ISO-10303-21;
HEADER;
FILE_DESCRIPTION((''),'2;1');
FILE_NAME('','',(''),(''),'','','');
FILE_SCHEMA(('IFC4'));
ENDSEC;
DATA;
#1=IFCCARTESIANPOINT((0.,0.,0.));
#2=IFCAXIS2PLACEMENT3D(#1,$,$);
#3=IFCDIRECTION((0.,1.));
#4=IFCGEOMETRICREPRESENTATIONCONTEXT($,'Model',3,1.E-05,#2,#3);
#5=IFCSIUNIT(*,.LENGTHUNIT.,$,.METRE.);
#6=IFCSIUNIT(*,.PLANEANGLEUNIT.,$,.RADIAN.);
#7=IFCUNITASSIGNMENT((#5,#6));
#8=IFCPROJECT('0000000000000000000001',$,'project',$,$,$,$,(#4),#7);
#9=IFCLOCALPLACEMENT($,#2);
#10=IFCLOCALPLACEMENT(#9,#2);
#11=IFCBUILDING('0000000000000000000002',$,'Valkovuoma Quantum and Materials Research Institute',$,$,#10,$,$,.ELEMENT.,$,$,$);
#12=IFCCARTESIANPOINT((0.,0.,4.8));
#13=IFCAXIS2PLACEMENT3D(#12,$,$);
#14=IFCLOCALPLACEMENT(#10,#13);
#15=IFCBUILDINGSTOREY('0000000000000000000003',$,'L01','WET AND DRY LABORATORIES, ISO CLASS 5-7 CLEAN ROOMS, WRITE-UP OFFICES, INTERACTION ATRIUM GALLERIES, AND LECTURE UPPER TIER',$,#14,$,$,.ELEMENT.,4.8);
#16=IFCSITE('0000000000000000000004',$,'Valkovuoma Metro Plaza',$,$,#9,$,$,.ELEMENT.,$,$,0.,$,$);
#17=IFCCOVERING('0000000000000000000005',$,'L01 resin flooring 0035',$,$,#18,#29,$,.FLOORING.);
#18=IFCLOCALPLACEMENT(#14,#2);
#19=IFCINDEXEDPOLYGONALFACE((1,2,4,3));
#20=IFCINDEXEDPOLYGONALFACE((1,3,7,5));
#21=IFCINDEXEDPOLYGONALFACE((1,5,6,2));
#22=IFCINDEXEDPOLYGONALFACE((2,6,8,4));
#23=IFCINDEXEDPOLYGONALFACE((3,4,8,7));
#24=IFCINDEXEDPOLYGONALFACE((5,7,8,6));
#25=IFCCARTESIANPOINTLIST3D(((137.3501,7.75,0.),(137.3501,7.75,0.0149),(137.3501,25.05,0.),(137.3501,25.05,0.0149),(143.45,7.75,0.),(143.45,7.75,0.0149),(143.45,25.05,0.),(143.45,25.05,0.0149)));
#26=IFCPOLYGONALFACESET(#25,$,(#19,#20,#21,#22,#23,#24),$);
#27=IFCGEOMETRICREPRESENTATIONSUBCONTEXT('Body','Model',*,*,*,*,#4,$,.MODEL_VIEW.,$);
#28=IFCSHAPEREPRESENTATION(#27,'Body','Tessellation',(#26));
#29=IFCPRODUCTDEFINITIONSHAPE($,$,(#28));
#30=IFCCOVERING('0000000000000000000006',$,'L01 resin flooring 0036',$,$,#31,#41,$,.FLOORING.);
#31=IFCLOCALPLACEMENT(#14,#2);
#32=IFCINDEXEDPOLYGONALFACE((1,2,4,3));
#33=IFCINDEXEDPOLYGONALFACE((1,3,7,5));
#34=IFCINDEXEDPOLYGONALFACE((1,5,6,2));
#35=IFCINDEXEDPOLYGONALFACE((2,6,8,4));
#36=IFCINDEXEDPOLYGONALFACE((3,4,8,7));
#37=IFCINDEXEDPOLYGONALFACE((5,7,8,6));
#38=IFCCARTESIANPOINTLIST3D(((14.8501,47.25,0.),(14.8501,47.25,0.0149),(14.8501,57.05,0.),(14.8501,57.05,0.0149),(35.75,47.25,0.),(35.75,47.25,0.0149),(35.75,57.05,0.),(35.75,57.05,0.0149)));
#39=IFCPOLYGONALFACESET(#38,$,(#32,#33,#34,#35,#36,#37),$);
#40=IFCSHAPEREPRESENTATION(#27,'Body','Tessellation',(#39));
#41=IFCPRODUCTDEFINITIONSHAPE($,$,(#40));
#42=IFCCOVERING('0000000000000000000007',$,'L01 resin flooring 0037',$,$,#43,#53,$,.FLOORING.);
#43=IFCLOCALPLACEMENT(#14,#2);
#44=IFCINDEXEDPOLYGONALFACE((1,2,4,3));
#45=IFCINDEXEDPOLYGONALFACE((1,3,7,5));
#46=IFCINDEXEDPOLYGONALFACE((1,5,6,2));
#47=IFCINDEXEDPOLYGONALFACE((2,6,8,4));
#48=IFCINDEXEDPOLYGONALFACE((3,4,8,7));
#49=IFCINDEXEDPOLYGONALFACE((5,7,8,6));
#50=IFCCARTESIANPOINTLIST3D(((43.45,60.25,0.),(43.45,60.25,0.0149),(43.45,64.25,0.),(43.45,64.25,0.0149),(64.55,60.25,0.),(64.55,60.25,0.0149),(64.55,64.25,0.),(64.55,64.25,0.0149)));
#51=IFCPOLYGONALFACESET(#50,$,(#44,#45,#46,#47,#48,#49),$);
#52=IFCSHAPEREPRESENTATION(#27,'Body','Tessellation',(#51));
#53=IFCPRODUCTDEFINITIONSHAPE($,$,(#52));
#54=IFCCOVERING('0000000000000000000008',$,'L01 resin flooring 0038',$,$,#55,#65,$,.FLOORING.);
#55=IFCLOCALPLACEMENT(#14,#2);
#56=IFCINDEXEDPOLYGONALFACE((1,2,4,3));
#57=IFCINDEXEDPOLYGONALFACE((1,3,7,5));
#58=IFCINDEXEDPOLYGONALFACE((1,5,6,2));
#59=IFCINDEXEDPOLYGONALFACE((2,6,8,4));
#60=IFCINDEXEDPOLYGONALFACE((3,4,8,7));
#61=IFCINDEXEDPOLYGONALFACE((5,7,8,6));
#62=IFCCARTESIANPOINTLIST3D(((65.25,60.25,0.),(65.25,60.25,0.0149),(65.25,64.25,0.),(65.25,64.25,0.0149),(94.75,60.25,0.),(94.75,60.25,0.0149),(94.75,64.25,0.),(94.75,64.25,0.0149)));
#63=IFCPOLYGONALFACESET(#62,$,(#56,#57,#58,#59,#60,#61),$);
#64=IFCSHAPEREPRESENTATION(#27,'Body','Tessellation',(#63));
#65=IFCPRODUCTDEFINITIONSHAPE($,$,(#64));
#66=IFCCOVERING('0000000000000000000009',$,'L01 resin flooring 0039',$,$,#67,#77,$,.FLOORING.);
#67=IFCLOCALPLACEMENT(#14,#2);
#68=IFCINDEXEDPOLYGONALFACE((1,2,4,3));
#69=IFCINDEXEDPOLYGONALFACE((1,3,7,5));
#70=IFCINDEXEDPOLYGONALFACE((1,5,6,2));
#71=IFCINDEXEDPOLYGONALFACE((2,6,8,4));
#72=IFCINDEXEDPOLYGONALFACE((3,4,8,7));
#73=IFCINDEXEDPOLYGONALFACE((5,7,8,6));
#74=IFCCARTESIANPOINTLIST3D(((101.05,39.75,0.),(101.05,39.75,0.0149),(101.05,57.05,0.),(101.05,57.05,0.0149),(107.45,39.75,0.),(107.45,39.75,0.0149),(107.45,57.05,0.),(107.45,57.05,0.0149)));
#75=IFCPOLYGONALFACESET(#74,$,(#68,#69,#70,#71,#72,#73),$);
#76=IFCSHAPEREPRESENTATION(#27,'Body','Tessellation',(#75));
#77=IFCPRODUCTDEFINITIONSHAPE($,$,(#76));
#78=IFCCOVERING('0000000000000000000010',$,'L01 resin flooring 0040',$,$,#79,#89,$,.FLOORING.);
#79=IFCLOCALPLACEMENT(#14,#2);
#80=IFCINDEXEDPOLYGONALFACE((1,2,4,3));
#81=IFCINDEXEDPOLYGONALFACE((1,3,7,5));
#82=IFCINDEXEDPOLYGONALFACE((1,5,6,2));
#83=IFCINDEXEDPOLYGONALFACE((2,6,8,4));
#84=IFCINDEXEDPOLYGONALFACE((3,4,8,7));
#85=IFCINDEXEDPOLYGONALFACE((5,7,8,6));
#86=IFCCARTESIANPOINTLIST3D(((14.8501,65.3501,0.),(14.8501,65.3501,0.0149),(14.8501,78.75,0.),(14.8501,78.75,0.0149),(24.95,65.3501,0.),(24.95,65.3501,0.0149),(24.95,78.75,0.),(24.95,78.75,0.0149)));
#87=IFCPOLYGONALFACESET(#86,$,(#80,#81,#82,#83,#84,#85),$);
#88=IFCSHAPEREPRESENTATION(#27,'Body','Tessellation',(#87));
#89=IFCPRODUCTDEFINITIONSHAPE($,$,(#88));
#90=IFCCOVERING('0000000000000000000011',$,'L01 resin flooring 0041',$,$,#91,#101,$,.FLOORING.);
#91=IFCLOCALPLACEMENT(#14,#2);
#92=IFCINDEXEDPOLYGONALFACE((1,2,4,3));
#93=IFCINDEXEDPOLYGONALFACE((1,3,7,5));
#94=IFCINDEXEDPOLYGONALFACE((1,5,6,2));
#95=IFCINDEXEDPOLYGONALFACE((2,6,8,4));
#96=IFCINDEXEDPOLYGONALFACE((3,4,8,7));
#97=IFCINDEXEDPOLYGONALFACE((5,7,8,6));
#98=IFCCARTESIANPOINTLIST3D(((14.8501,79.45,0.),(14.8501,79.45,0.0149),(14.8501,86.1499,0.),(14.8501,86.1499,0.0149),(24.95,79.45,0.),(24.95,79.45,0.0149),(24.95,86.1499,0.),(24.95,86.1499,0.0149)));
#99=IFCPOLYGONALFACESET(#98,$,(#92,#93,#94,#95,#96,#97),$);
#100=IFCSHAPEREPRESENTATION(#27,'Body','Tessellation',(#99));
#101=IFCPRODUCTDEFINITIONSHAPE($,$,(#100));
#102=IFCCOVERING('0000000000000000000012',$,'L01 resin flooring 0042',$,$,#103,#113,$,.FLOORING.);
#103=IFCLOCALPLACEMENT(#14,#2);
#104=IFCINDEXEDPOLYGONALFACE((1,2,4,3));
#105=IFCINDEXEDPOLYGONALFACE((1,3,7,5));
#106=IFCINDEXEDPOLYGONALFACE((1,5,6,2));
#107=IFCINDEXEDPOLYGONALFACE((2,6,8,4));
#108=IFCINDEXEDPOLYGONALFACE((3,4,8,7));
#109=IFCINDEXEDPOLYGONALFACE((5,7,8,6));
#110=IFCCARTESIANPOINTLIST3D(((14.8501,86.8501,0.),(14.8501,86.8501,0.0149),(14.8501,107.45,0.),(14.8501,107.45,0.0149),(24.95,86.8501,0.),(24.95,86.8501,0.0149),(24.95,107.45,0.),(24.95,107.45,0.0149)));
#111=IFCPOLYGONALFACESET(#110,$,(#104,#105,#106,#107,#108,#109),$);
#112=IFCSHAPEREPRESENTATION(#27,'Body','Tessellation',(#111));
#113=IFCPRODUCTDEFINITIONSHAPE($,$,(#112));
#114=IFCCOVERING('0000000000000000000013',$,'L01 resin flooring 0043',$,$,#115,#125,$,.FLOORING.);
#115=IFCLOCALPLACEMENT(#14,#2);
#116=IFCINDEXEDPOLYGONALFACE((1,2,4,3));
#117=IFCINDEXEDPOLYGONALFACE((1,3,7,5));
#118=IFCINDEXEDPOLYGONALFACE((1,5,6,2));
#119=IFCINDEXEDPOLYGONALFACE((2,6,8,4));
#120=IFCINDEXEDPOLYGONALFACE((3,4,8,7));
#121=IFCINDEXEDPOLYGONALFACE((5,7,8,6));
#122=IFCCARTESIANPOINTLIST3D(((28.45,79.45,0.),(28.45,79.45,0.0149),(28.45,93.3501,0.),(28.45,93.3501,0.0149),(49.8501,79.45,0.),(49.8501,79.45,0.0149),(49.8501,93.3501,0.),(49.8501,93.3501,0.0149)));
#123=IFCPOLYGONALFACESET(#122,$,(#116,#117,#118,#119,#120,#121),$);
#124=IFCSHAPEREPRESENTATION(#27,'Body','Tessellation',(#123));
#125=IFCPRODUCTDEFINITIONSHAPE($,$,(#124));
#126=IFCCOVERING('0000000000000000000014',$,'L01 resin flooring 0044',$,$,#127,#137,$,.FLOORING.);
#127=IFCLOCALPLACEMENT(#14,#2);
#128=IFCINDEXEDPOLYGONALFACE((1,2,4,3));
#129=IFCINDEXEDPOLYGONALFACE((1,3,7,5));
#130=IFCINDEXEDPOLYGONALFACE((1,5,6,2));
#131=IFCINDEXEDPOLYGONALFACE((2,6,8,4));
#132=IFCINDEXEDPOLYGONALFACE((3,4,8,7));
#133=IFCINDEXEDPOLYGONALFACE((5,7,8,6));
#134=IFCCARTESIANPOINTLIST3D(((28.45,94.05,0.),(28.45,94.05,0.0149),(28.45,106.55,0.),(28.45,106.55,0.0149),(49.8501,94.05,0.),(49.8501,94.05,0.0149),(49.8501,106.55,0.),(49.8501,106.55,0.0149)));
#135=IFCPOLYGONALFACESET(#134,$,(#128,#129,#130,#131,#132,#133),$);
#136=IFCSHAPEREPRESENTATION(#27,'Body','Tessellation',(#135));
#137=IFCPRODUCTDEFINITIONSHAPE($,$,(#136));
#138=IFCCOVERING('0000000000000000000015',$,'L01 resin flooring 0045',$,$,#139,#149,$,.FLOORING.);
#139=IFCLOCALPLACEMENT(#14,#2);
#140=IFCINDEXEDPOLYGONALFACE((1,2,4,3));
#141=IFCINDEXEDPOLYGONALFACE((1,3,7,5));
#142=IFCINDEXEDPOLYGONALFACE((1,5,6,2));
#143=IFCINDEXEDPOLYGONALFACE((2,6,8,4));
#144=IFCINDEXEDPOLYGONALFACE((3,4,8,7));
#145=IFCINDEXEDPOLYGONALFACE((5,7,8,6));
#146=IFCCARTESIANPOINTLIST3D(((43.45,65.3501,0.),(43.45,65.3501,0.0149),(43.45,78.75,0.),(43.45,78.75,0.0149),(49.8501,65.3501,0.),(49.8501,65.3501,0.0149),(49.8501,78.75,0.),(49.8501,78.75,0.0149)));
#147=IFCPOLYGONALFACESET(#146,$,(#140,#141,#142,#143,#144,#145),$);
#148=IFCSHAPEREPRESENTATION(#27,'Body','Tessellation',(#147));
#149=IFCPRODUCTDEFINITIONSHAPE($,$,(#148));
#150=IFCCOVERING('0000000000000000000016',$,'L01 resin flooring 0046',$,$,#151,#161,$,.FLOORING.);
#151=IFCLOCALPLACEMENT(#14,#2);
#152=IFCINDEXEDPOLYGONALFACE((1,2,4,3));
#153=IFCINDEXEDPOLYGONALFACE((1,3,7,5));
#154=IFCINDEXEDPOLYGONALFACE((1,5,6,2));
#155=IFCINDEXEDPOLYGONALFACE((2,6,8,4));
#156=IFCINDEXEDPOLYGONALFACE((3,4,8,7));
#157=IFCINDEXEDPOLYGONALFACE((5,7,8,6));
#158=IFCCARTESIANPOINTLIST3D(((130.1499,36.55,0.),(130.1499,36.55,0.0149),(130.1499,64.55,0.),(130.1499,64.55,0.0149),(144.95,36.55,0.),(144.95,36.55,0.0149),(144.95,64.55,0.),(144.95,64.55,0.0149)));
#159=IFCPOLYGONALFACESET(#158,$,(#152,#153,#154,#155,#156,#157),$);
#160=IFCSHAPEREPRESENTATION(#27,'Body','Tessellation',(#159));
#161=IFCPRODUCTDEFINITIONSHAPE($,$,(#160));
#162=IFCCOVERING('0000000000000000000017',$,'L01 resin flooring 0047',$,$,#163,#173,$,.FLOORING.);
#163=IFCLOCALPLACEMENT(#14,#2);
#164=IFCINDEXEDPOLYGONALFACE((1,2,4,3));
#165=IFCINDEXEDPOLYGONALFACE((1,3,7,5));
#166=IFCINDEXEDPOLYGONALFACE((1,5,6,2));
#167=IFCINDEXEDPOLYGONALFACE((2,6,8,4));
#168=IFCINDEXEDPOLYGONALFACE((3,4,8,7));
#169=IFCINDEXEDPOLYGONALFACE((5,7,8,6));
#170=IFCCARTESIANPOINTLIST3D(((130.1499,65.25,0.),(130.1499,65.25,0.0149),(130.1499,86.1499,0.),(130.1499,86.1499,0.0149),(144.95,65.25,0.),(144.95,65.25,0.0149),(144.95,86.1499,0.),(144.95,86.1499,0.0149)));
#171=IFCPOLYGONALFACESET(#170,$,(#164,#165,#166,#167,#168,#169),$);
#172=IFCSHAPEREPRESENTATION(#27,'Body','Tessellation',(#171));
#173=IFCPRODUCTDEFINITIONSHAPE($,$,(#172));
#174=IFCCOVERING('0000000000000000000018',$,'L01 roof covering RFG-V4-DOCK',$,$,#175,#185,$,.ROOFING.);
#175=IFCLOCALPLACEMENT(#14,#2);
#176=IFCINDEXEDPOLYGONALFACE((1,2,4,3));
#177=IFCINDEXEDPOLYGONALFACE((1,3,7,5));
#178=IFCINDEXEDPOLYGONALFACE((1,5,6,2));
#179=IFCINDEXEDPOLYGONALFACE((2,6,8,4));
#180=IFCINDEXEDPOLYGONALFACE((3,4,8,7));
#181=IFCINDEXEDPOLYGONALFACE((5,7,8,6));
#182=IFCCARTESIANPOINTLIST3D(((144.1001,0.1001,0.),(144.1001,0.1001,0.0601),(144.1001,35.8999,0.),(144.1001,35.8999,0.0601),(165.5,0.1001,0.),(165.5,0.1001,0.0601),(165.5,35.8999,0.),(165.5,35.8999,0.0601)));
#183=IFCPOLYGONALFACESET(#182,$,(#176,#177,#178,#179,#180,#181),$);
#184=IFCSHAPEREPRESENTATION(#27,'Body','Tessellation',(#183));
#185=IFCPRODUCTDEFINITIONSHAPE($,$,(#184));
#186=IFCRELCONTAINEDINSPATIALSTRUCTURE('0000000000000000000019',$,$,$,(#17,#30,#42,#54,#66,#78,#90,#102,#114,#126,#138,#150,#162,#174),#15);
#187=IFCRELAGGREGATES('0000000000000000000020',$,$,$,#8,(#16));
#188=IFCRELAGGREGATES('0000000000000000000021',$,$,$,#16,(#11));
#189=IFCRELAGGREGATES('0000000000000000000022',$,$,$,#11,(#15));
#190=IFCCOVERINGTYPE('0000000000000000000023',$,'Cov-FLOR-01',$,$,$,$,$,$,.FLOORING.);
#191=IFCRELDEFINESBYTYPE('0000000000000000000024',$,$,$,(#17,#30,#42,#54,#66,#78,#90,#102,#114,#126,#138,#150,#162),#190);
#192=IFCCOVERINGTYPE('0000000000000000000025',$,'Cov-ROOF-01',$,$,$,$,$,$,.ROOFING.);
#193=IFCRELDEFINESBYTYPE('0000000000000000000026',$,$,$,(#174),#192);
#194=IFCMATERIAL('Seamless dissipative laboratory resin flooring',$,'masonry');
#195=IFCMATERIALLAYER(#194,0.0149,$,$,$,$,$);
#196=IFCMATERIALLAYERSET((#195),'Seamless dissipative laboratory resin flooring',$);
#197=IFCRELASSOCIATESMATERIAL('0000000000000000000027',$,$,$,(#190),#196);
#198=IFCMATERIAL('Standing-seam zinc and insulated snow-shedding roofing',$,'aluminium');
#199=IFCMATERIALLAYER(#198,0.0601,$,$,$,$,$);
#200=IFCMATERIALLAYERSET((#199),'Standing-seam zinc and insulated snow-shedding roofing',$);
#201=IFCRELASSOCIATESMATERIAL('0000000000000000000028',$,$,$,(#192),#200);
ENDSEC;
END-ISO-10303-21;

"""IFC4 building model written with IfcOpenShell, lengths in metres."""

from ifc_helpers import new_model, si_unit, direction, frame, origin, place, context, subcontext, project, spatial, polyline, outline, extrude, material, layer, layer_set, type_object, element, save


model = new_model("IFC4")

# Units and contexts
model_context = context("Model", 3, precision=1e-05, world=origin(), true_north=direction((0.0, 1.0)))
body_context = subcontext(model_context, "Body", "Model", "MODEL_VIEW")
ifc_project = project(units=[si_unit("LENGTHUNIT", "METRE"), si_unit("PLANEANGLEUNIT", "RADIAN")], contexts=[model_context])

# Site, building, storey
site_placement = place(None, origin())
site = spatial("IfcSite", under=ifc_project, at=site_placement, Name="Valkovuoma Metro Plaza", CompositionType="ELEMENT", RefElevation=0.0)
building_placement = place(site_placement, origin())
building = spatial("IfcBuilding", under=site, at=building_placement, Name="Valkovuoma Quantum and Materials Research Institute", CompositionType="ELEMENT")
storey_placement = place(building_placement, frame((0.0, 0.0, 4.8)))
storey = spatial("IfcBuildingStorey", under=building, at=storey_placement, Name="L01", Description="WET AND DRY LABORATORIES, ISO CLASS 5-7 CLEAN ROOMS, WRITE-UP OFFICES, INTERACTION ATRIUM GALLERIES, AND LECTURE UPPER TIER", CompositionType="ELEMENT", Elevation=4.8)

# Coverings
ifc_material_1 = material(Name="Seamless dissipative laboratory resin flooring", Category="masonry")
ifc_layer_1 = layer(ifc_material_1, 0.0149)
ifc_layer_set_1 = layer_set([ifc_layer_1], Name="Seamless dissipative laboratory resin flooring")
covering_type_1 = type_object("IfcCoveringType", Name="Cov-FLOR-01", PredefinedType="FLOORING", material=ifc_layer_set_1)
covering_1_placement = place(storey_placement, origin())
element("IfcCovering", 1, at=covering_1_placement, inside=storey, type_object=covering_type_1, Name="L01 resin flooring 0035", PredefinedType="FLOORING", context=body_context, shape_type="SweptSolid", body=[
    extrude(outline(polyline([(137.3501, 7.75), (143.45, 7.75), (143.45, 25.05), (137.3501, 25.05), (137.3501, 7.75)])), origin(), (0.0, 0.0, 1.0), 0.0149),
])
covering_2_placement = place(storey_placement, origin())
element("IfcCovering", 2, at=covering_2_placement, inside=storey, type_object=covering_type_1, Name="L01 resin flooring 0036", PredefinedType="FLOORING", context=body_context, shape_type="SweptSolid", body=[
    extrude(outline(polyline([(14.8501, 47.25), (35.75, 47.25), (35.75, 57.05), (14.8501, 57.05), (14.8501, 47.25)])), origin(), (0.0, 0.0, 1.0), 0.0149),
])
covering_3_placement = place(storey_placement, origin())
element("IfcCovering", 3, at=covering_3_placement, inside=storey, type_object=covering_type_1, Name="L01 resin flooring 0037", PredefinedType="FLOORING", context=body_context, shape_type="SweptSolid", body=[
    extrude(outline(polyline([(43.45, 60.25), (64.55, 60.25), (64.55, 64.25), (43.45, 64.25), (43.45, 60.25)])), origin(), (0.0, 0.0, 1.0), 0.0149),
])
covering_4_placement = place(storey_placement, origin())
element("IfcCovering", 4, at=covering_4_placement, inside=storey, type_object=covering_type_1, Name="L01 resin flooring 0038", PredefinedType="FLOORING", context=body_context, shape_type="SweptSolid", body=[
    extrude(outline(polyline([(65.25, 60.25), (94.75, 60.25), (94.75, 64.25), (65.25, 64.25), (65.25, 60.25)])), origin(), (0.0, 0.0, 1.0), 0.0149),
])
covering_5_placement = place(storey_placement, origin())
element("IfcCovering", 5, at=covering_5_placement, inside=storey, type_object=covering_type_1, Name="L01 resin flooring 0039", PredefinedType="FLOORING", context=body_context, shape_type="SweptSolid", body=[
    extrude(outline(polyline([(101.05, 39.75), (107.45, 39.75), (107.45, 57.05), (101.05, 57.05), (101.05, 39.75)])), origin(), (0.0, 0.0, 1.0), 0.0149),
])
covering_6_placement = place(storey_placement, origin())
element("IfcCovering", 6, at=covering_6_placement, inside=storey, type_object=covering_type_1, Name="L01 resin flooring 0040", PredefinedType="FLOORING", context=body_context, shape_type="SweptSolid", body=[
    extrude(outline(polyline([(14.8501, 65.3501), (24.95, 65.3501), (24.95, 78.75), (14.8501, 78.75), (14.8501, 65.3501)])), origin(), (0.0, 0.0, 1.0), 0.0149),
])
covering_7_placement = place(storey_placement, origin())
element("IfcCovering", 7, at=covering_7_placement, inside=storey, type_object=covering_type_1, Name="L01 resin flooring 0041", PredefinedType="FLOORING", context=body_context, shape_type="SweptSolid", body=[
    extrude(outline(polyline([(14.8501, 79.45), (24.95, 79.45), (24.95, 86.1499), (14.8501, 86.1499), (14.8501, 79.45)])), origin(), (0.0, 0.0, 1.0), 0.0149),
])
covering_8_placement = place(storey_placement, origin())
element("IfcCovering", 8, at=covering_8_placement, inside=storey, type_object=covering_type_1, Name="L01 resin flooring 0042", PredefinedType="FLOORING", context=body_context, shape_type="SweptSolid", body=[
    extrude(outline(polyline([(14.8501, 86.8501), (24.95, 86.8501), (24.95, 107.45), (14.8501, 107.45), (14.8501, 86.8501)])), origin(), (0.0, 0.0, 1.0), 0.0149),
])
covering_9_placement = place(storey_placement, origin())
element("IfcCovering", 9, at=covering_9_placement, inside=storey, type_object=covering_type_1, Name="L01 resin flooring 0043", PredefinedType="FLOORING", context=body_context, shape_type="SweptSolid", body=[
    extrude(outline(polyline([(28.45, 79.45), (49.8501, 79.45), (49.8501, 93.3501), (28.45, 93.3501), (28.45, 79.45)])), origin(), (0.0, 0.0, 1.0), 0.0149),
])
covering_10_placement = place(storey_placement, origin())
element("IfcCovering", 10, at=covering_10_placement, inside=storey, type_object=covering_type_1, Name="L01 resin flooring 0044", PredefinedType="FLOORING", context=body_context, shape_type="SweptSolid", body=[
    extrude(outline(polyline([(28.45, 94.05), (49.8501, 94.05), (49.8501, 106.55), (28.45, 106.55), (28.45, 94.05)])), origin(), (0.0, 0.0, 1.0), 0.0149),
])
covering_11_placement = place(storey_placement, origin())
element("IfcCovering", 11, at=covering_11_placement, inside=storey, type_object=covering_type_1, Name="L01 resin flooring 0045", PredefinedType="FLOORING", context=body_context, shape_type="SweptSolid", body=[
    extrude(outline(polyline([(43.45, 65.3501), (49.8501, 65.3501), (49.8501, 78.75), (43.45, 78.75), (43.45, 65.3501)])), origin(), (0.0, 0.0, 1.0), 0.0149),
])
covering_12_placement = place(storey_placement, origin())
element("IfcCovering", 12, at=covering_12_placement, inside=storey, type_object=covering_type_1, Name="L01 resin flooring 0046", PredefinedType="FLOORING", context=body_context, shape_type="SweptSolid", body=[
    extrude(outline(polyline([(130.1499, 36.55), (144.95, 36.55), (144.95, 64.55), (130.1499, 64.55), (130.1499, 36.55)])), origin(), (0.0, 0.0, 1.0), 0.0149),
])
covering_13_placement = place(storey_placement, origin())
element("IfcCovering", 13, at=covering_13_placement, inside=storey, type_object=covering_type_1, Name="L01 resin flooring 0047", PredefinedType="FLOORING", context=body_context, shape_type="SweptSolid", body=[
    extrude(outline(polyline([(130.1499, 65.25), (144.95, 65.25), (144.95, 86.1499), (130.1499, 86.1499), (130.1499, 65.25)])), origin(), (0.0, 0.0, 1.0), 0.0149),
])
ifc_material_2 = material(Name="Standing-seam zinc and insulated snow-shedding roofing", Category="aluminium")
ifc_layer_2 = layer(ifc_material_2, 0.0601)
ifc_layer_set_2 = layer_set([ifc_layer_2], Name="Standing-seam zinc and insulated snow-shedding roofing")
covering_type_2 = type_object("IfcCoveringType", Name="Cov-ROOF-01", PredefinedType="ROOFING", material=ifc_layer_set_2)
covering_14_placement = place(storey_placement, origin())
element("IfcCovering", 14, at=covering_14_placement, inside=storey, type_object=covering_type_2, Name="L01 roof covering RFG-V4-DOCK", PredefinedType="ROOFING", context=body_context, shape_type="SweptSolid", body=[
    extrude(outline(polyline([(144.1001, 0.1001), (165.5, 0.1001), (165.5, 35.8999), (144.1001, 35.8999), (144.1001, 0.1001)])), origin(), (0.0, 0.0, 1.0), 0.0601),
])

save(model, "model.ifc")
